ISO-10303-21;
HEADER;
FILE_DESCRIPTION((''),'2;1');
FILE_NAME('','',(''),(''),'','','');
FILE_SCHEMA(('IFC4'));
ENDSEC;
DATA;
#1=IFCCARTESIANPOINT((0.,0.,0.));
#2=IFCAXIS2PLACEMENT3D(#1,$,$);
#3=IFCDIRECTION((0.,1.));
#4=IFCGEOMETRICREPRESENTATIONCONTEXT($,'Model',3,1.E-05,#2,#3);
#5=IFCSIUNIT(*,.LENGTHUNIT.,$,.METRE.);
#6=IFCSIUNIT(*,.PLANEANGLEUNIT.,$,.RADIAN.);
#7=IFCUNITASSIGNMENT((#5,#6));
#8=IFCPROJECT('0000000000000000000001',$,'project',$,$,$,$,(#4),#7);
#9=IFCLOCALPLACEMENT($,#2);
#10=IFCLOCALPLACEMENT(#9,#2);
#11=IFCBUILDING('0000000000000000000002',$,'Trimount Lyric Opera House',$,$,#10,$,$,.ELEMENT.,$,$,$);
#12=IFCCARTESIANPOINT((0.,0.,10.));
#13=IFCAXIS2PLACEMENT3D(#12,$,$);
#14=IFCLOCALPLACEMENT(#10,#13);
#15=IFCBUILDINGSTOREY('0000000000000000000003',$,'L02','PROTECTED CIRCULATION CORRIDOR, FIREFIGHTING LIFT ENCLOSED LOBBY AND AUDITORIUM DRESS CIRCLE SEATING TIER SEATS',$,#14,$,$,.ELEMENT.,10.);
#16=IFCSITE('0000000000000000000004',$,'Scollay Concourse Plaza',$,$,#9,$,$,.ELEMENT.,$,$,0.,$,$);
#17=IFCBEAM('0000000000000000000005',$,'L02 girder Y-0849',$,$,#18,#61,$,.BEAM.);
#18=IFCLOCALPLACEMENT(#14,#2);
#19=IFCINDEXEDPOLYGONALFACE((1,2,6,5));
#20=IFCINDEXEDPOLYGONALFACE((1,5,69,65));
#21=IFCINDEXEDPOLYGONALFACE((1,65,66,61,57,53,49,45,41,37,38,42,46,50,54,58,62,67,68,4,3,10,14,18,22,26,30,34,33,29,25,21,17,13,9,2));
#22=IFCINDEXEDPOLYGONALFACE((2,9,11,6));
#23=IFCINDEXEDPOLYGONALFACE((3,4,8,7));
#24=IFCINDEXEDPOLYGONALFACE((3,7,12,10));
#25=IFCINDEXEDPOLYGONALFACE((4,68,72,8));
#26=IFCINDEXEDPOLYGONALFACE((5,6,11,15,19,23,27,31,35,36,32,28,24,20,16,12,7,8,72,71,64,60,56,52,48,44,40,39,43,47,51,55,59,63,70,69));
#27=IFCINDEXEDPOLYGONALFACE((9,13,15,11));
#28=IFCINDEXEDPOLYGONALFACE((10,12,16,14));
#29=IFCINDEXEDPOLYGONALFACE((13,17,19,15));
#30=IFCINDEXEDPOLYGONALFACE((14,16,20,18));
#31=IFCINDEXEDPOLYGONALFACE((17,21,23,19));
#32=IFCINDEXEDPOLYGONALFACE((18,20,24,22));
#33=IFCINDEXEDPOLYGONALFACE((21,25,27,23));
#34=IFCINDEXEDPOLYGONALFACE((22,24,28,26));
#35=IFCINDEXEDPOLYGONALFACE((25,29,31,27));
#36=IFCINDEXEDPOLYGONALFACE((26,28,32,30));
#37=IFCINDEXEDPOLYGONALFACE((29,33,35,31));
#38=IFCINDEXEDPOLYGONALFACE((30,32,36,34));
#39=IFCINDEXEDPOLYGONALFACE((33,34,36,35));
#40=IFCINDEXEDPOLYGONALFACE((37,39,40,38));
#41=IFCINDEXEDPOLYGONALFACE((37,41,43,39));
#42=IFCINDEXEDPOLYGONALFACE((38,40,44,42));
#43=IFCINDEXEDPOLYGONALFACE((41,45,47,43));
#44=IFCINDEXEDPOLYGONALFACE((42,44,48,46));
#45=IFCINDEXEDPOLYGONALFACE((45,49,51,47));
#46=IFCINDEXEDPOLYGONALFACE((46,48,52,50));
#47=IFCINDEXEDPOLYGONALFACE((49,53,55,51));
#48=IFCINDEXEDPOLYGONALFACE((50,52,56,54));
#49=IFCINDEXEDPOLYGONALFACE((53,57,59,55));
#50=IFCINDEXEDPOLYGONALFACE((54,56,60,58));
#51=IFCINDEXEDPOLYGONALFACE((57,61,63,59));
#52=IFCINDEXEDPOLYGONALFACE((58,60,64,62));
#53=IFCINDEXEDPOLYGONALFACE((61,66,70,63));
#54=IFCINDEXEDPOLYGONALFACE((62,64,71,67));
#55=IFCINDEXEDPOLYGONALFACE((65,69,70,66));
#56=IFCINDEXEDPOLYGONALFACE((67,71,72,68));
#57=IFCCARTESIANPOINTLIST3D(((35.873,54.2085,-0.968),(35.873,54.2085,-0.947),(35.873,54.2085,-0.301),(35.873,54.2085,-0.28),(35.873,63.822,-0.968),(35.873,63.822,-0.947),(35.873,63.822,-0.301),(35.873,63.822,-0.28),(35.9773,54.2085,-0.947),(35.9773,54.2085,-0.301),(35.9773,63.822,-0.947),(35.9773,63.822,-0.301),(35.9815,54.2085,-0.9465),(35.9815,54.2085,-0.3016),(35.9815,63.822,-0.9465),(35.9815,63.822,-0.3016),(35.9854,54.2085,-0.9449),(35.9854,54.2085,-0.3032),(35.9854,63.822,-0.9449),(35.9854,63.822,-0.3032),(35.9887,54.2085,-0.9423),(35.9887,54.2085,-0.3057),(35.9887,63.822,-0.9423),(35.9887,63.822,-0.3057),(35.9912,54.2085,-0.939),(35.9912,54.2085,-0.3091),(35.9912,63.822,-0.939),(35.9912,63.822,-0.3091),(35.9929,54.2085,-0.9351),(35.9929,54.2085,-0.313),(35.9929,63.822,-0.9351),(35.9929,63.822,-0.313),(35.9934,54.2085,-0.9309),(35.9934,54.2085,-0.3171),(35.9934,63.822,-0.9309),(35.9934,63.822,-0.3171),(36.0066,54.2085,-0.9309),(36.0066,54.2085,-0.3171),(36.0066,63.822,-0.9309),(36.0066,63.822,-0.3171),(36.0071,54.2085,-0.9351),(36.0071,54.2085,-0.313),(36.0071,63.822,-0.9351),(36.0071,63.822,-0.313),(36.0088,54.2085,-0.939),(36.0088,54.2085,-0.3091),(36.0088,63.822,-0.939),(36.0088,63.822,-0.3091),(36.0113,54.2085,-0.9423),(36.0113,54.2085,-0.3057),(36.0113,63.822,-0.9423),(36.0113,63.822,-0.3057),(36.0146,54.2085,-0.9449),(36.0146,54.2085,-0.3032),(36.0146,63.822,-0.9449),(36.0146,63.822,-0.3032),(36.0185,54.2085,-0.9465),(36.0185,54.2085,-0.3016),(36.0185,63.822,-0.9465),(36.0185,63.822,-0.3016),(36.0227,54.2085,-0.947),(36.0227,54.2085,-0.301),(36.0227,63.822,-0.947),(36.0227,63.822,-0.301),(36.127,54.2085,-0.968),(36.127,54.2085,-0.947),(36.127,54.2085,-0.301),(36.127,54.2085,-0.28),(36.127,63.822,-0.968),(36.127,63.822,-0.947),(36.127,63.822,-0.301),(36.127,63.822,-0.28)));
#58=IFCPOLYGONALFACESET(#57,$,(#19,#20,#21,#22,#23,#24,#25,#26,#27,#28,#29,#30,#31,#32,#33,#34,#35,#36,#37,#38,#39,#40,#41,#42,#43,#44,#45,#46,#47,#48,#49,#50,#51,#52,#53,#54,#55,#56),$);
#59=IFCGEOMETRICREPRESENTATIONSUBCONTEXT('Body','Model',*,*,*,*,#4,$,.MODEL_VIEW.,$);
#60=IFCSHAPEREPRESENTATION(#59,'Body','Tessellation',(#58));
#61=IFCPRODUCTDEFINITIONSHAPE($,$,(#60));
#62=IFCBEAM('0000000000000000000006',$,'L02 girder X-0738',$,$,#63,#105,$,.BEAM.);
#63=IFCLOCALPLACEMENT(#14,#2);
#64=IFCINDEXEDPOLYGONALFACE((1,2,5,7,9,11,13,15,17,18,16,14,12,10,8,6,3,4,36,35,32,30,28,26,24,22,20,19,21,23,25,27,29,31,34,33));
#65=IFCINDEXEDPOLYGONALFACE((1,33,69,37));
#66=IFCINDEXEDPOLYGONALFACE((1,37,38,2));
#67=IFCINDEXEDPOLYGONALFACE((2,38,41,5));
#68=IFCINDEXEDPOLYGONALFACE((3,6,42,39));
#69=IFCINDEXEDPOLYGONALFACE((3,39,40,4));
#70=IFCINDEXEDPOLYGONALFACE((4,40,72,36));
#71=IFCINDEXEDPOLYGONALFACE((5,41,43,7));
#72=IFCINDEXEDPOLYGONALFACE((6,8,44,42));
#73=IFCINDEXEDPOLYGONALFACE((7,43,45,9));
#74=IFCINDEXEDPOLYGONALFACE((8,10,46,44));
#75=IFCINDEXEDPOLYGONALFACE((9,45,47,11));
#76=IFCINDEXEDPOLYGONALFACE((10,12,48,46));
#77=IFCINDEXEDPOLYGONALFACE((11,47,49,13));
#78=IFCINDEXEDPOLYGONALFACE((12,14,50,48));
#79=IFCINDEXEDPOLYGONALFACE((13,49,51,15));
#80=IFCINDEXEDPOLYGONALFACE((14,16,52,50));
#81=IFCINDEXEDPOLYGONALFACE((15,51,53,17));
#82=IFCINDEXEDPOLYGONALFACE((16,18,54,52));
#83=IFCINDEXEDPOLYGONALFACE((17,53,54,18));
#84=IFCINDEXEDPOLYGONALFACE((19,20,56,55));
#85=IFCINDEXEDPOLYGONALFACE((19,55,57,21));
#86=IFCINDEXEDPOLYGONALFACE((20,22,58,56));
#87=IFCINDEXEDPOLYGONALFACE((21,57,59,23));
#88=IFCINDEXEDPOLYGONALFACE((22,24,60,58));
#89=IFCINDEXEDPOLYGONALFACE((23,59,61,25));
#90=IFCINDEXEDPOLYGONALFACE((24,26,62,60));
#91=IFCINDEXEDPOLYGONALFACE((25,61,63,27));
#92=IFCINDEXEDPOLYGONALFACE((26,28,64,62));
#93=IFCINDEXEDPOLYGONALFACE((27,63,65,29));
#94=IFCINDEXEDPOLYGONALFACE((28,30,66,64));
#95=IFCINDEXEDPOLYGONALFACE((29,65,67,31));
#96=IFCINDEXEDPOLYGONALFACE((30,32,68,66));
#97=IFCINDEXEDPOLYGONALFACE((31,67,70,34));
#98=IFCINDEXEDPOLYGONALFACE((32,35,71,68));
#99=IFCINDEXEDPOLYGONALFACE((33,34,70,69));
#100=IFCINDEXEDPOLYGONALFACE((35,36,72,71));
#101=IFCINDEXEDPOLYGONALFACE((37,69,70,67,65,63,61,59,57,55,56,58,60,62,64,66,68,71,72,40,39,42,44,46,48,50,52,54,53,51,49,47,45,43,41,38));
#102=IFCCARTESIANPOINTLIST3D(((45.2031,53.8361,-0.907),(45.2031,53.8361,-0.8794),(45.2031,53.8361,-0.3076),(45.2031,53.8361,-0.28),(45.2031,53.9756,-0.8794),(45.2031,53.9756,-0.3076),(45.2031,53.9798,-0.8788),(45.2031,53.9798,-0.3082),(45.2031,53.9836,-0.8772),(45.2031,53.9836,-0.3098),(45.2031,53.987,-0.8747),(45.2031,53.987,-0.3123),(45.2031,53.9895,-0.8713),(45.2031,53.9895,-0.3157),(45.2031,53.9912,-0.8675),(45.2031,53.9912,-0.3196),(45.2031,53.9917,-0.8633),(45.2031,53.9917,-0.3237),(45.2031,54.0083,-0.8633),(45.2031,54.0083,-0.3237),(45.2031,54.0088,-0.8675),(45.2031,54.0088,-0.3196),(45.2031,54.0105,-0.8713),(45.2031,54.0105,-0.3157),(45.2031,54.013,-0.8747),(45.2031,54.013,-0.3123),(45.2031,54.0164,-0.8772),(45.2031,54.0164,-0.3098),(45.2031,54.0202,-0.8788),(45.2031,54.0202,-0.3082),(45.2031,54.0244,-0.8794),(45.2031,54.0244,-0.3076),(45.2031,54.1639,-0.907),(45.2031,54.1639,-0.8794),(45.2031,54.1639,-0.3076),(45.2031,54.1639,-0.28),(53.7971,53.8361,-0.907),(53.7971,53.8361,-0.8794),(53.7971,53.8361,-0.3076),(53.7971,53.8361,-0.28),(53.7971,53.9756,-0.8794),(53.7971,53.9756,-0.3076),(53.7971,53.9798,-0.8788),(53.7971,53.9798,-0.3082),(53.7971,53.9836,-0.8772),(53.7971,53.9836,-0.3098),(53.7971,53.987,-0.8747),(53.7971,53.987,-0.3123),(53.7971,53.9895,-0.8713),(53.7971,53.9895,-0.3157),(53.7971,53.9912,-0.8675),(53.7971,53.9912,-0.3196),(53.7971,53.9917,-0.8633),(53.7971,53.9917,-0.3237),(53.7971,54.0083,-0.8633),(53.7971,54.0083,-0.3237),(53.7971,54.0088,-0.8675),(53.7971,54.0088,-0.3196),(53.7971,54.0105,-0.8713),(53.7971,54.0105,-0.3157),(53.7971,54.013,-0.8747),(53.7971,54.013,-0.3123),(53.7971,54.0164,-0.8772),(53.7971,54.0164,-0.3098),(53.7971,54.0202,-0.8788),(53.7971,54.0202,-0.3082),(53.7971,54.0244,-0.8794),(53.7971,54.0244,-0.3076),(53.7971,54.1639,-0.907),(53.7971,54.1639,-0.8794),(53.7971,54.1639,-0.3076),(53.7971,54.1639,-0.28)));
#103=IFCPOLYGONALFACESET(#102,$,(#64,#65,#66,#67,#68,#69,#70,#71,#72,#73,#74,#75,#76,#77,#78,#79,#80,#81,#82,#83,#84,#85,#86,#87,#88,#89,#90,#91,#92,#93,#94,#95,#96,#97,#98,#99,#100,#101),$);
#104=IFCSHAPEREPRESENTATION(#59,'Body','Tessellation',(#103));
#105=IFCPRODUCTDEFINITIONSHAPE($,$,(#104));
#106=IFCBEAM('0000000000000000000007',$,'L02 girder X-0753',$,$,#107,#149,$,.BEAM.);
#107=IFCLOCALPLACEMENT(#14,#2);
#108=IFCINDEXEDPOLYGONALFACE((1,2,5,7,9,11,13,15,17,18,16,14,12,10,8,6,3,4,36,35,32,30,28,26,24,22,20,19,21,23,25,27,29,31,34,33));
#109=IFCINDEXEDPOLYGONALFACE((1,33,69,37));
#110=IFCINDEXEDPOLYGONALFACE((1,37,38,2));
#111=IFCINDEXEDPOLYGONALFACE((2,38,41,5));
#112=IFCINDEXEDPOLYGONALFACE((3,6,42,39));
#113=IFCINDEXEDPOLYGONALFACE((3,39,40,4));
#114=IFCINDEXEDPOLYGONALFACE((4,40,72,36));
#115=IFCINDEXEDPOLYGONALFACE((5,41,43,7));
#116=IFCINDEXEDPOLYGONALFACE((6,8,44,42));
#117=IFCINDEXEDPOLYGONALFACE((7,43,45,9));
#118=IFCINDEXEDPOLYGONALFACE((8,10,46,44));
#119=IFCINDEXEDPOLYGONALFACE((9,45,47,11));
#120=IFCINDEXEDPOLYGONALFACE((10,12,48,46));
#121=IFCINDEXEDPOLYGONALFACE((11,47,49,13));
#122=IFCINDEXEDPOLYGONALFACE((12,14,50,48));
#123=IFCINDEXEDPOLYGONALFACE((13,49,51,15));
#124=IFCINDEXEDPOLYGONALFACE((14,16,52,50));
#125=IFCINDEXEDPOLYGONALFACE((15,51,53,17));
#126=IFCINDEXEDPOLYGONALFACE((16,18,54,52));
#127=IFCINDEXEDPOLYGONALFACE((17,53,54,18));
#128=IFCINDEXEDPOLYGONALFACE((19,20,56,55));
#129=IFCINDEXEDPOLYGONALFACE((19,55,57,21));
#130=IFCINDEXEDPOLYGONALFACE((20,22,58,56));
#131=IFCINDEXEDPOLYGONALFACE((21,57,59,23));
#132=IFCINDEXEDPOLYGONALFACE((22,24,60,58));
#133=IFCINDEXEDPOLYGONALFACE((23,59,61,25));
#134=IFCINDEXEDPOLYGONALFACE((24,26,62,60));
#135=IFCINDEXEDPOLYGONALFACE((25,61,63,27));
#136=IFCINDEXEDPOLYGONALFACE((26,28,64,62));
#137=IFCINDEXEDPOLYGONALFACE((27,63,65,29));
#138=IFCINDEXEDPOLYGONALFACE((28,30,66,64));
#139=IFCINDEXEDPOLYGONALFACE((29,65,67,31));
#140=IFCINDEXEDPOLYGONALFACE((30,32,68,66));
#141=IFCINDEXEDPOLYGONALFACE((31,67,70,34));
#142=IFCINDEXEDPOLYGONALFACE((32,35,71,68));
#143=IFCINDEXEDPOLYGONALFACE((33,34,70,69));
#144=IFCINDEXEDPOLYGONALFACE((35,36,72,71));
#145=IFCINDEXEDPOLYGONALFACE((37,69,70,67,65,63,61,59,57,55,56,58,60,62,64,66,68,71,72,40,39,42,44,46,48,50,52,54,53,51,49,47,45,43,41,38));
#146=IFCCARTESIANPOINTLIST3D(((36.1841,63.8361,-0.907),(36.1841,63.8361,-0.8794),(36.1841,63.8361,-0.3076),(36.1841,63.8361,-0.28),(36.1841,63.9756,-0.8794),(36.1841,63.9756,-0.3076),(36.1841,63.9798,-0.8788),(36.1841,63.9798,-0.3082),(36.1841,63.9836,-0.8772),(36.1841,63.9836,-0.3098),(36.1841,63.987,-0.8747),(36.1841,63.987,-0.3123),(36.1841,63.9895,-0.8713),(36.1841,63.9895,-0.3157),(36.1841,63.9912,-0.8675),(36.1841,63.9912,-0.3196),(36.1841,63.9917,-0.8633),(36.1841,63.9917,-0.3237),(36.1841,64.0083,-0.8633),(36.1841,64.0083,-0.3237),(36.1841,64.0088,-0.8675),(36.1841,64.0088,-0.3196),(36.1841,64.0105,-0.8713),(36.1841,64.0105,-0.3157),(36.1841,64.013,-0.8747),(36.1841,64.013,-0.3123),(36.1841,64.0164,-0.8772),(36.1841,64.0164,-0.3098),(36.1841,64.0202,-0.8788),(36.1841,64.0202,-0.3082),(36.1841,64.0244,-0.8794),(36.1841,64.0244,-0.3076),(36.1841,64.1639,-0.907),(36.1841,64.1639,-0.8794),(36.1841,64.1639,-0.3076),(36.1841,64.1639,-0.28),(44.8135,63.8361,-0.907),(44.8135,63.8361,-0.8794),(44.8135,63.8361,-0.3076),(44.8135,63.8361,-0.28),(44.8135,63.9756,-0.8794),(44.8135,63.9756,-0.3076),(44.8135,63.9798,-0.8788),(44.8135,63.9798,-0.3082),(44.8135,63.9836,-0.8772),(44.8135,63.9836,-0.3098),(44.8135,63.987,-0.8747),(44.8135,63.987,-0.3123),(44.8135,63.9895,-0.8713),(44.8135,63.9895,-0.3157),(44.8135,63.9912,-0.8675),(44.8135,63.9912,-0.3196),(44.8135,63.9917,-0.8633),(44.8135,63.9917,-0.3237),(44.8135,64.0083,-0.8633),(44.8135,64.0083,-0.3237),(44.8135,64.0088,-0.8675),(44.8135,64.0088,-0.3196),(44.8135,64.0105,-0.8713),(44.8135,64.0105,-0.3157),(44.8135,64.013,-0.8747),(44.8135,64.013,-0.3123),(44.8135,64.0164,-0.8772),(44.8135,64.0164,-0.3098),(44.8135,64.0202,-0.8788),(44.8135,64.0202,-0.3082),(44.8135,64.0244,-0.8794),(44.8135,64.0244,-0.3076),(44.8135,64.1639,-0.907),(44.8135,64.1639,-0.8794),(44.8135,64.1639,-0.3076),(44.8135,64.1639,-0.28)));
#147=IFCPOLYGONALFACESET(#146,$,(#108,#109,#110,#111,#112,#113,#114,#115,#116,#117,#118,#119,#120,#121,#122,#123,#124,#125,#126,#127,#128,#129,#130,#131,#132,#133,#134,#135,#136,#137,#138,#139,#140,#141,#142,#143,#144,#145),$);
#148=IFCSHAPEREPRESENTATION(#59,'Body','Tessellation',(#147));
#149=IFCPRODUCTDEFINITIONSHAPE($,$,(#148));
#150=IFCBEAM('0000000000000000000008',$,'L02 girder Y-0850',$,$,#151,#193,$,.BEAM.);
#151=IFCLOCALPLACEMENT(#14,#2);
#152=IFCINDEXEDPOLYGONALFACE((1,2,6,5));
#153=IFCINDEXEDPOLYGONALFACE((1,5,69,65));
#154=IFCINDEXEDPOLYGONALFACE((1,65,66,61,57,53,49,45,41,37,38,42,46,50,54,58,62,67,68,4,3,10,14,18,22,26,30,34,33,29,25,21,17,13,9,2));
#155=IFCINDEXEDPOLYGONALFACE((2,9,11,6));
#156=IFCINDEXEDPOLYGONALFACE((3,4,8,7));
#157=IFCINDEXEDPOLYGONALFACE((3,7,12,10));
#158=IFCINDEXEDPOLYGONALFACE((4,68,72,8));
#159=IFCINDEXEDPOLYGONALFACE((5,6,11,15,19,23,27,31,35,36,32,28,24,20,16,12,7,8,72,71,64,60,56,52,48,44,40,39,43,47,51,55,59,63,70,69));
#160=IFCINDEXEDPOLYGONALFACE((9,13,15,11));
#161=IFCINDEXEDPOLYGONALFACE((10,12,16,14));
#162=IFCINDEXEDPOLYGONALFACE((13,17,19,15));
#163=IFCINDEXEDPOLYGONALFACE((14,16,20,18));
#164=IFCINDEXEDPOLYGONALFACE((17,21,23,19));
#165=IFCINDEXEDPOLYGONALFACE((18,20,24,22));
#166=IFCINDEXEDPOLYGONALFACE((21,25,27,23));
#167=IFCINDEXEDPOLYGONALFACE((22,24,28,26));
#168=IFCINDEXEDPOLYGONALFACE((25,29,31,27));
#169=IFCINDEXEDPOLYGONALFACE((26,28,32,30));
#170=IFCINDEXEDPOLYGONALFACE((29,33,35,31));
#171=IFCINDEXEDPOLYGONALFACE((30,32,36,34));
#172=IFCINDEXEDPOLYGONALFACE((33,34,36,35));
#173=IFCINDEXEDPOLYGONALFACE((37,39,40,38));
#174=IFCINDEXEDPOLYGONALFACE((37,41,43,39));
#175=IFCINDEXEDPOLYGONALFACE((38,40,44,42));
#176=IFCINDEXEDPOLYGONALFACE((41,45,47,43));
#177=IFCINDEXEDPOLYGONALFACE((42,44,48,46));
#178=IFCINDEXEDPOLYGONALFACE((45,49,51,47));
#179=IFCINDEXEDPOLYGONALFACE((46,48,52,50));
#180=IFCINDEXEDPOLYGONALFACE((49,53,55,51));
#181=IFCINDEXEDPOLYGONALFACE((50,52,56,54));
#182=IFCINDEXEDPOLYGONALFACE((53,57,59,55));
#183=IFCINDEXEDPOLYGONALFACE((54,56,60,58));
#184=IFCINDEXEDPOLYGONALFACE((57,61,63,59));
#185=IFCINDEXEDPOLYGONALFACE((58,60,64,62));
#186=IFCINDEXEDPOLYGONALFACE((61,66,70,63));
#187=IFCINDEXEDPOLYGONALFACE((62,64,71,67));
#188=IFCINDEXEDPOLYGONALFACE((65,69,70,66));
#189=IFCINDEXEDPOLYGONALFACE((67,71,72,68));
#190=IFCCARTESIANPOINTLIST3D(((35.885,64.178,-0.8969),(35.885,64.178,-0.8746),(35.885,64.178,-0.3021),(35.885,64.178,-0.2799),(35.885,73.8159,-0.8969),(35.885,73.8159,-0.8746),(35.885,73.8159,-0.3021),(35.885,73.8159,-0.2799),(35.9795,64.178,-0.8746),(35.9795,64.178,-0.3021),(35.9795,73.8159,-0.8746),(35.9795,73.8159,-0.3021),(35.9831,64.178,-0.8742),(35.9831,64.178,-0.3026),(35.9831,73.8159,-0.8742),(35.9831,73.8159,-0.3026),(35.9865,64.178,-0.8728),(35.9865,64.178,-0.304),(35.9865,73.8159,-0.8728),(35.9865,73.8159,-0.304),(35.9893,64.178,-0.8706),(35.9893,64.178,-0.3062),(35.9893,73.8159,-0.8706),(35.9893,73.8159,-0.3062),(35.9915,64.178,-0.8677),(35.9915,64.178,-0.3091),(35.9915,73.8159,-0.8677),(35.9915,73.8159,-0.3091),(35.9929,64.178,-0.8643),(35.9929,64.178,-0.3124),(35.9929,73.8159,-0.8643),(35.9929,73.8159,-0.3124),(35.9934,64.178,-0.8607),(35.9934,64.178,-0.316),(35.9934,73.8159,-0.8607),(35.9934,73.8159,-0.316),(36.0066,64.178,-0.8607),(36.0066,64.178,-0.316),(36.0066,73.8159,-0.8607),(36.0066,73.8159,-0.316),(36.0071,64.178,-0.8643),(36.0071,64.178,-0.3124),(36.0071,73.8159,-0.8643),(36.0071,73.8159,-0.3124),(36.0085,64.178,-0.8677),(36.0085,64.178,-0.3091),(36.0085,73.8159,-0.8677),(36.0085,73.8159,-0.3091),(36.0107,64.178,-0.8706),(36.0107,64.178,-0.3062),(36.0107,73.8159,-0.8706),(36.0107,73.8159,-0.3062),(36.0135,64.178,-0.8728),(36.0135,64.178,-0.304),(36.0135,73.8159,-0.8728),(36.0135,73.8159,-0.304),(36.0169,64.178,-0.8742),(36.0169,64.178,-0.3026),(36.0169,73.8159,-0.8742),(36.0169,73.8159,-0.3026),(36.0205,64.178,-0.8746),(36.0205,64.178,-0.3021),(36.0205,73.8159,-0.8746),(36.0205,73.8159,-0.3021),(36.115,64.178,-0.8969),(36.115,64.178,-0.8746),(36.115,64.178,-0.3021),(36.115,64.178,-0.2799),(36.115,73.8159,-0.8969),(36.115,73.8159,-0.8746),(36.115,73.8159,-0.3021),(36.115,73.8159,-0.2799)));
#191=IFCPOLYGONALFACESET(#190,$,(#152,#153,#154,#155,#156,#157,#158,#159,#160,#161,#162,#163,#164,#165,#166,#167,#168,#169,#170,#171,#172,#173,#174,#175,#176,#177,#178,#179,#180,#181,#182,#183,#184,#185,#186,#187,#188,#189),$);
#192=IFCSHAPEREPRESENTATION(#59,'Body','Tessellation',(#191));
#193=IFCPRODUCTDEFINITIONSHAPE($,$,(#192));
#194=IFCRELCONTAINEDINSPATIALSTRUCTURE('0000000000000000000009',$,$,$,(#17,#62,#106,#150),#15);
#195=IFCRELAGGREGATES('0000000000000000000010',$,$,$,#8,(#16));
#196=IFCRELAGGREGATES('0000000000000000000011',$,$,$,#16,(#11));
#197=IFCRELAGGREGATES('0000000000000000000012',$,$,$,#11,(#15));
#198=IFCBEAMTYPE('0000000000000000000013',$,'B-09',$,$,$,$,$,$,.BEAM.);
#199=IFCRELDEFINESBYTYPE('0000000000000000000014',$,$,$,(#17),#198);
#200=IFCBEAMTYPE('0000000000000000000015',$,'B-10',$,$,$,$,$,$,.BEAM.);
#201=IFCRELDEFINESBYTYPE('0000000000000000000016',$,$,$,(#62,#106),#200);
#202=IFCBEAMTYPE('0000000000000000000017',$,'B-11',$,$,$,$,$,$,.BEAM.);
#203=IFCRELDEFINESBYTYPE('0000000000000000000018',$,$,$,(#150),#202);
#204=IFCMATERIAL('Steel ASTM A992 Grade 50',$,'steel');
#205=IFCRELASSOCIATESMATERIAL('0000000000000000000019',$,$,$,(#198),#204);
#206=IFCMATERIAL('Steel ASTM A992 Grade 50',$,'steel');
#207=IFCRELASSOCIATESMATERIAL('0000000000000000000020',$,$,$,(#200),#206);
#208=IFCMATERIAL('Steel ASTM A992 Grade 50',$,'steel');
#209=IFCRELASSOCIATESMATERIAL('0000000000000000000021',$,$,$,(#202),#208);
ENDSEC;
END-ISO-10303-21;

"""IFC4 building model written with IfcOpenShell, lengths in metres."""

from ifc_helpers import new_model, si_unit, direction, frame, origin, origin_2d, place, context, subcontext, project, spatial, i_section, extrude, material, material_profile, profile_set, type_object, element, save


model = new_model("IFC4")

# Units and contexts
model_context = context("Model", 3, precision=1e-05, world=origin(), true_north=direction((0.0, 1.0)))
body_context = subcontext(model_context, "Body", "Model", "MODEL_VIEW")
ifc_project = project(units=[si_unit("LENGTHUNIT", "METRE"), si_unit("PLANEANGLEUNIT", "RADIAN")], contexts=[model_context])

# Site, building, storey
site_placement = place(None, origin())
site = spatial("IfcSite", under=ifc_project, at=site_placement, Name="Scollay Concourse Plaza", CompositionType="ELEMENT", RefElevation=0.0)
building_placement = place(site_placement, origin())
building = spatial("IfcBuilding", under=site, at=building_placement, Name="Trimount Lyric Opera House", CompositionType="ELEMENT")
storey_placement = place(building_placement, frame((0.0, 0.0, 10.0)))
storey = spatial("IfcBuildingStorey", under=building, at=storey_placement, Name="L02", Description="PROTECTED CIRCULATION CORRIDOR, FIREFIGHTING LIFT ENCLOSED LOBBY AND AUDITORIUM DRESS CIRCLE SEATING TIER SEATS", CompositionType="ELEMENT", Elevation=10.0)

# Beams
ifc_material_1 = material(Name="Steel ASTM A992 Grade 50", Category="steel")
ifc_material_profile_1 = material_profile(ifc_material_1, i_section(OverallWidth=0.2539, OverallDepth=0.688, WebThickness=0.0132, FlangeThickness=0.021, FilletRadius=0.0161, at=origin_2d()), Name="W27X102")
ifc_profile_set_1 = profile_set([ifc_material_profile_1], Name="Steel ASTM A992 Grade 50")
beam_type_1 = type_object("IfcBeamType", Name="B-09", PredefinedType="BEAM", material=ifc_profile_set_1)
beam_1_placement = place(storey_placement, frame((36.0, 54.2085, -0.624), z_axis=(0.0, 1.0, 0.0), x_axis=(-1.0, 0.0, 0.0)))
element("IfcBeam", 1, at=beam_1_placement, inside=storey, type_object=beam_type_1, Name="L02 girder Y-0849", PredefinedType="BEAM", context=body_context, shape_type="SweptSolid", body=[
    extrude(i_section(OverallWidth=0.2539, OverallDepth=0.688, WebThickness=0.0132, FlangeThickness=0.021, FilletRadius=0.0161, at=origin_2d()), origin(), (0.0, 0.0, 1.0), 9.6135),
])
ifc_material_2 = material(Name="Steel ASTM A992 Grade 50", Category="steel")
ifc_material_profile_2 = material_profile(ifc_material_2, i_section(OverallWidth=0.3279, OverallDepth=0.627, WebThickness=0.0166, FlangeThickness=0.0276, FilletRadius=0.0161, at=origin_2d()), Name="W24X146")
ifc_profile_set_2 = profile_set([ifc_material_profile_2], Name="Steel ASTM A992 Grade 50")
beam_type_2 = type_object("IfcBeamType", Name="B-10", PredefinedType="BEAM", material=ifc_profile_set_2)
beam_2_placement = place(storey_placement, frame((45.2031, 54.0, -0.5935), z_axis=(1.0, 0.0, 0.0), x_axis=(0.0, 1.0, 0.0)))
element("IfcBeam", 2, at=beam_2_placement, inside=storey, type_object=beam_type_2, Name="L02 girder X-0738", PredefinedType="BEAM", context=body_context, shape_type="SweptSolid", body=[
    extrude(i_section(OverallWidth=0.3279, OverallDepth=0.627, WebThickness=0.0166, FlangeThickness=0.0276, FilletRadius=0.0161, at=origin_2d()), origin(), (0.0, 0.0, 1.0), 8.594),
])
beam_3_placement = place(storey_placement, frame((36.1841, 64.0, -0.5935), z_axis=(1.0, 0.0, 0.0), x_axis=(0.0, 1.0, 0.0)))
element("IfcBeam", 3, at=beam_3_placement, inside=storey, type_object=beam_type_2, Name="L02 girder X-0753", PredefinedType="BEAM", context=body_context, shape_type="SweptSolid", body=[
    extrude(i_section(OverallWidth=0.3279, OverallDepth=0.627, WebThickness=0.0166, FlangeThickness=0.0276, FilletRadius=0.0161, at=origin_2d()), origin(), (0.0, 0.0, 1.0), 8.6294),
])
ifc_material_3 = material(Name="Steel ASTM A992 Grade 50", Category="steel")
ifc_material_profile_3 = material_profile(ifc_material_3, i_section(OverallWidth=0.23, OverallDepth=0.6169, WebThickness=0.0132, FlangeThickness=0.0222, FilletRadius=0.0139, at=origin_2d()), Name="W24X94")
ifc_profile_set_3 = profile_set([ifc_material_profile_3], Name="Steel ASTM A992 Grade 50")
beam_type_3 = type_object("IfcBeamType", Name="B-11", PredefinedType="BEAM", material=ifc_profile_set_3)
beam_4_placement = place(storey_placement, frame((36.0, 64.178, -0.5884), z_axis=(0.0, 1.0, 0.0), x_axis=(-1.0, 0.0, 0.0)))
element("IfcBeam", 4, at=beam_4_placement, inside=storey, type_object=beam_type_3, Name="L02 girder Y-0850", PredefinedType="BEAM", context=body_context, shape_type="SweptSolid", body=[
    extrude(i_section(OverallWidth=0.23, OverallDepth=0.6169, WebThickness=0.0132, FlangeThickness=0.0222, FilletRadius=0.0139, at=origin_2d()), origin(), (0.0, 0.0, 1.0), 9.6379),
])

save(model, "model.ifc")
